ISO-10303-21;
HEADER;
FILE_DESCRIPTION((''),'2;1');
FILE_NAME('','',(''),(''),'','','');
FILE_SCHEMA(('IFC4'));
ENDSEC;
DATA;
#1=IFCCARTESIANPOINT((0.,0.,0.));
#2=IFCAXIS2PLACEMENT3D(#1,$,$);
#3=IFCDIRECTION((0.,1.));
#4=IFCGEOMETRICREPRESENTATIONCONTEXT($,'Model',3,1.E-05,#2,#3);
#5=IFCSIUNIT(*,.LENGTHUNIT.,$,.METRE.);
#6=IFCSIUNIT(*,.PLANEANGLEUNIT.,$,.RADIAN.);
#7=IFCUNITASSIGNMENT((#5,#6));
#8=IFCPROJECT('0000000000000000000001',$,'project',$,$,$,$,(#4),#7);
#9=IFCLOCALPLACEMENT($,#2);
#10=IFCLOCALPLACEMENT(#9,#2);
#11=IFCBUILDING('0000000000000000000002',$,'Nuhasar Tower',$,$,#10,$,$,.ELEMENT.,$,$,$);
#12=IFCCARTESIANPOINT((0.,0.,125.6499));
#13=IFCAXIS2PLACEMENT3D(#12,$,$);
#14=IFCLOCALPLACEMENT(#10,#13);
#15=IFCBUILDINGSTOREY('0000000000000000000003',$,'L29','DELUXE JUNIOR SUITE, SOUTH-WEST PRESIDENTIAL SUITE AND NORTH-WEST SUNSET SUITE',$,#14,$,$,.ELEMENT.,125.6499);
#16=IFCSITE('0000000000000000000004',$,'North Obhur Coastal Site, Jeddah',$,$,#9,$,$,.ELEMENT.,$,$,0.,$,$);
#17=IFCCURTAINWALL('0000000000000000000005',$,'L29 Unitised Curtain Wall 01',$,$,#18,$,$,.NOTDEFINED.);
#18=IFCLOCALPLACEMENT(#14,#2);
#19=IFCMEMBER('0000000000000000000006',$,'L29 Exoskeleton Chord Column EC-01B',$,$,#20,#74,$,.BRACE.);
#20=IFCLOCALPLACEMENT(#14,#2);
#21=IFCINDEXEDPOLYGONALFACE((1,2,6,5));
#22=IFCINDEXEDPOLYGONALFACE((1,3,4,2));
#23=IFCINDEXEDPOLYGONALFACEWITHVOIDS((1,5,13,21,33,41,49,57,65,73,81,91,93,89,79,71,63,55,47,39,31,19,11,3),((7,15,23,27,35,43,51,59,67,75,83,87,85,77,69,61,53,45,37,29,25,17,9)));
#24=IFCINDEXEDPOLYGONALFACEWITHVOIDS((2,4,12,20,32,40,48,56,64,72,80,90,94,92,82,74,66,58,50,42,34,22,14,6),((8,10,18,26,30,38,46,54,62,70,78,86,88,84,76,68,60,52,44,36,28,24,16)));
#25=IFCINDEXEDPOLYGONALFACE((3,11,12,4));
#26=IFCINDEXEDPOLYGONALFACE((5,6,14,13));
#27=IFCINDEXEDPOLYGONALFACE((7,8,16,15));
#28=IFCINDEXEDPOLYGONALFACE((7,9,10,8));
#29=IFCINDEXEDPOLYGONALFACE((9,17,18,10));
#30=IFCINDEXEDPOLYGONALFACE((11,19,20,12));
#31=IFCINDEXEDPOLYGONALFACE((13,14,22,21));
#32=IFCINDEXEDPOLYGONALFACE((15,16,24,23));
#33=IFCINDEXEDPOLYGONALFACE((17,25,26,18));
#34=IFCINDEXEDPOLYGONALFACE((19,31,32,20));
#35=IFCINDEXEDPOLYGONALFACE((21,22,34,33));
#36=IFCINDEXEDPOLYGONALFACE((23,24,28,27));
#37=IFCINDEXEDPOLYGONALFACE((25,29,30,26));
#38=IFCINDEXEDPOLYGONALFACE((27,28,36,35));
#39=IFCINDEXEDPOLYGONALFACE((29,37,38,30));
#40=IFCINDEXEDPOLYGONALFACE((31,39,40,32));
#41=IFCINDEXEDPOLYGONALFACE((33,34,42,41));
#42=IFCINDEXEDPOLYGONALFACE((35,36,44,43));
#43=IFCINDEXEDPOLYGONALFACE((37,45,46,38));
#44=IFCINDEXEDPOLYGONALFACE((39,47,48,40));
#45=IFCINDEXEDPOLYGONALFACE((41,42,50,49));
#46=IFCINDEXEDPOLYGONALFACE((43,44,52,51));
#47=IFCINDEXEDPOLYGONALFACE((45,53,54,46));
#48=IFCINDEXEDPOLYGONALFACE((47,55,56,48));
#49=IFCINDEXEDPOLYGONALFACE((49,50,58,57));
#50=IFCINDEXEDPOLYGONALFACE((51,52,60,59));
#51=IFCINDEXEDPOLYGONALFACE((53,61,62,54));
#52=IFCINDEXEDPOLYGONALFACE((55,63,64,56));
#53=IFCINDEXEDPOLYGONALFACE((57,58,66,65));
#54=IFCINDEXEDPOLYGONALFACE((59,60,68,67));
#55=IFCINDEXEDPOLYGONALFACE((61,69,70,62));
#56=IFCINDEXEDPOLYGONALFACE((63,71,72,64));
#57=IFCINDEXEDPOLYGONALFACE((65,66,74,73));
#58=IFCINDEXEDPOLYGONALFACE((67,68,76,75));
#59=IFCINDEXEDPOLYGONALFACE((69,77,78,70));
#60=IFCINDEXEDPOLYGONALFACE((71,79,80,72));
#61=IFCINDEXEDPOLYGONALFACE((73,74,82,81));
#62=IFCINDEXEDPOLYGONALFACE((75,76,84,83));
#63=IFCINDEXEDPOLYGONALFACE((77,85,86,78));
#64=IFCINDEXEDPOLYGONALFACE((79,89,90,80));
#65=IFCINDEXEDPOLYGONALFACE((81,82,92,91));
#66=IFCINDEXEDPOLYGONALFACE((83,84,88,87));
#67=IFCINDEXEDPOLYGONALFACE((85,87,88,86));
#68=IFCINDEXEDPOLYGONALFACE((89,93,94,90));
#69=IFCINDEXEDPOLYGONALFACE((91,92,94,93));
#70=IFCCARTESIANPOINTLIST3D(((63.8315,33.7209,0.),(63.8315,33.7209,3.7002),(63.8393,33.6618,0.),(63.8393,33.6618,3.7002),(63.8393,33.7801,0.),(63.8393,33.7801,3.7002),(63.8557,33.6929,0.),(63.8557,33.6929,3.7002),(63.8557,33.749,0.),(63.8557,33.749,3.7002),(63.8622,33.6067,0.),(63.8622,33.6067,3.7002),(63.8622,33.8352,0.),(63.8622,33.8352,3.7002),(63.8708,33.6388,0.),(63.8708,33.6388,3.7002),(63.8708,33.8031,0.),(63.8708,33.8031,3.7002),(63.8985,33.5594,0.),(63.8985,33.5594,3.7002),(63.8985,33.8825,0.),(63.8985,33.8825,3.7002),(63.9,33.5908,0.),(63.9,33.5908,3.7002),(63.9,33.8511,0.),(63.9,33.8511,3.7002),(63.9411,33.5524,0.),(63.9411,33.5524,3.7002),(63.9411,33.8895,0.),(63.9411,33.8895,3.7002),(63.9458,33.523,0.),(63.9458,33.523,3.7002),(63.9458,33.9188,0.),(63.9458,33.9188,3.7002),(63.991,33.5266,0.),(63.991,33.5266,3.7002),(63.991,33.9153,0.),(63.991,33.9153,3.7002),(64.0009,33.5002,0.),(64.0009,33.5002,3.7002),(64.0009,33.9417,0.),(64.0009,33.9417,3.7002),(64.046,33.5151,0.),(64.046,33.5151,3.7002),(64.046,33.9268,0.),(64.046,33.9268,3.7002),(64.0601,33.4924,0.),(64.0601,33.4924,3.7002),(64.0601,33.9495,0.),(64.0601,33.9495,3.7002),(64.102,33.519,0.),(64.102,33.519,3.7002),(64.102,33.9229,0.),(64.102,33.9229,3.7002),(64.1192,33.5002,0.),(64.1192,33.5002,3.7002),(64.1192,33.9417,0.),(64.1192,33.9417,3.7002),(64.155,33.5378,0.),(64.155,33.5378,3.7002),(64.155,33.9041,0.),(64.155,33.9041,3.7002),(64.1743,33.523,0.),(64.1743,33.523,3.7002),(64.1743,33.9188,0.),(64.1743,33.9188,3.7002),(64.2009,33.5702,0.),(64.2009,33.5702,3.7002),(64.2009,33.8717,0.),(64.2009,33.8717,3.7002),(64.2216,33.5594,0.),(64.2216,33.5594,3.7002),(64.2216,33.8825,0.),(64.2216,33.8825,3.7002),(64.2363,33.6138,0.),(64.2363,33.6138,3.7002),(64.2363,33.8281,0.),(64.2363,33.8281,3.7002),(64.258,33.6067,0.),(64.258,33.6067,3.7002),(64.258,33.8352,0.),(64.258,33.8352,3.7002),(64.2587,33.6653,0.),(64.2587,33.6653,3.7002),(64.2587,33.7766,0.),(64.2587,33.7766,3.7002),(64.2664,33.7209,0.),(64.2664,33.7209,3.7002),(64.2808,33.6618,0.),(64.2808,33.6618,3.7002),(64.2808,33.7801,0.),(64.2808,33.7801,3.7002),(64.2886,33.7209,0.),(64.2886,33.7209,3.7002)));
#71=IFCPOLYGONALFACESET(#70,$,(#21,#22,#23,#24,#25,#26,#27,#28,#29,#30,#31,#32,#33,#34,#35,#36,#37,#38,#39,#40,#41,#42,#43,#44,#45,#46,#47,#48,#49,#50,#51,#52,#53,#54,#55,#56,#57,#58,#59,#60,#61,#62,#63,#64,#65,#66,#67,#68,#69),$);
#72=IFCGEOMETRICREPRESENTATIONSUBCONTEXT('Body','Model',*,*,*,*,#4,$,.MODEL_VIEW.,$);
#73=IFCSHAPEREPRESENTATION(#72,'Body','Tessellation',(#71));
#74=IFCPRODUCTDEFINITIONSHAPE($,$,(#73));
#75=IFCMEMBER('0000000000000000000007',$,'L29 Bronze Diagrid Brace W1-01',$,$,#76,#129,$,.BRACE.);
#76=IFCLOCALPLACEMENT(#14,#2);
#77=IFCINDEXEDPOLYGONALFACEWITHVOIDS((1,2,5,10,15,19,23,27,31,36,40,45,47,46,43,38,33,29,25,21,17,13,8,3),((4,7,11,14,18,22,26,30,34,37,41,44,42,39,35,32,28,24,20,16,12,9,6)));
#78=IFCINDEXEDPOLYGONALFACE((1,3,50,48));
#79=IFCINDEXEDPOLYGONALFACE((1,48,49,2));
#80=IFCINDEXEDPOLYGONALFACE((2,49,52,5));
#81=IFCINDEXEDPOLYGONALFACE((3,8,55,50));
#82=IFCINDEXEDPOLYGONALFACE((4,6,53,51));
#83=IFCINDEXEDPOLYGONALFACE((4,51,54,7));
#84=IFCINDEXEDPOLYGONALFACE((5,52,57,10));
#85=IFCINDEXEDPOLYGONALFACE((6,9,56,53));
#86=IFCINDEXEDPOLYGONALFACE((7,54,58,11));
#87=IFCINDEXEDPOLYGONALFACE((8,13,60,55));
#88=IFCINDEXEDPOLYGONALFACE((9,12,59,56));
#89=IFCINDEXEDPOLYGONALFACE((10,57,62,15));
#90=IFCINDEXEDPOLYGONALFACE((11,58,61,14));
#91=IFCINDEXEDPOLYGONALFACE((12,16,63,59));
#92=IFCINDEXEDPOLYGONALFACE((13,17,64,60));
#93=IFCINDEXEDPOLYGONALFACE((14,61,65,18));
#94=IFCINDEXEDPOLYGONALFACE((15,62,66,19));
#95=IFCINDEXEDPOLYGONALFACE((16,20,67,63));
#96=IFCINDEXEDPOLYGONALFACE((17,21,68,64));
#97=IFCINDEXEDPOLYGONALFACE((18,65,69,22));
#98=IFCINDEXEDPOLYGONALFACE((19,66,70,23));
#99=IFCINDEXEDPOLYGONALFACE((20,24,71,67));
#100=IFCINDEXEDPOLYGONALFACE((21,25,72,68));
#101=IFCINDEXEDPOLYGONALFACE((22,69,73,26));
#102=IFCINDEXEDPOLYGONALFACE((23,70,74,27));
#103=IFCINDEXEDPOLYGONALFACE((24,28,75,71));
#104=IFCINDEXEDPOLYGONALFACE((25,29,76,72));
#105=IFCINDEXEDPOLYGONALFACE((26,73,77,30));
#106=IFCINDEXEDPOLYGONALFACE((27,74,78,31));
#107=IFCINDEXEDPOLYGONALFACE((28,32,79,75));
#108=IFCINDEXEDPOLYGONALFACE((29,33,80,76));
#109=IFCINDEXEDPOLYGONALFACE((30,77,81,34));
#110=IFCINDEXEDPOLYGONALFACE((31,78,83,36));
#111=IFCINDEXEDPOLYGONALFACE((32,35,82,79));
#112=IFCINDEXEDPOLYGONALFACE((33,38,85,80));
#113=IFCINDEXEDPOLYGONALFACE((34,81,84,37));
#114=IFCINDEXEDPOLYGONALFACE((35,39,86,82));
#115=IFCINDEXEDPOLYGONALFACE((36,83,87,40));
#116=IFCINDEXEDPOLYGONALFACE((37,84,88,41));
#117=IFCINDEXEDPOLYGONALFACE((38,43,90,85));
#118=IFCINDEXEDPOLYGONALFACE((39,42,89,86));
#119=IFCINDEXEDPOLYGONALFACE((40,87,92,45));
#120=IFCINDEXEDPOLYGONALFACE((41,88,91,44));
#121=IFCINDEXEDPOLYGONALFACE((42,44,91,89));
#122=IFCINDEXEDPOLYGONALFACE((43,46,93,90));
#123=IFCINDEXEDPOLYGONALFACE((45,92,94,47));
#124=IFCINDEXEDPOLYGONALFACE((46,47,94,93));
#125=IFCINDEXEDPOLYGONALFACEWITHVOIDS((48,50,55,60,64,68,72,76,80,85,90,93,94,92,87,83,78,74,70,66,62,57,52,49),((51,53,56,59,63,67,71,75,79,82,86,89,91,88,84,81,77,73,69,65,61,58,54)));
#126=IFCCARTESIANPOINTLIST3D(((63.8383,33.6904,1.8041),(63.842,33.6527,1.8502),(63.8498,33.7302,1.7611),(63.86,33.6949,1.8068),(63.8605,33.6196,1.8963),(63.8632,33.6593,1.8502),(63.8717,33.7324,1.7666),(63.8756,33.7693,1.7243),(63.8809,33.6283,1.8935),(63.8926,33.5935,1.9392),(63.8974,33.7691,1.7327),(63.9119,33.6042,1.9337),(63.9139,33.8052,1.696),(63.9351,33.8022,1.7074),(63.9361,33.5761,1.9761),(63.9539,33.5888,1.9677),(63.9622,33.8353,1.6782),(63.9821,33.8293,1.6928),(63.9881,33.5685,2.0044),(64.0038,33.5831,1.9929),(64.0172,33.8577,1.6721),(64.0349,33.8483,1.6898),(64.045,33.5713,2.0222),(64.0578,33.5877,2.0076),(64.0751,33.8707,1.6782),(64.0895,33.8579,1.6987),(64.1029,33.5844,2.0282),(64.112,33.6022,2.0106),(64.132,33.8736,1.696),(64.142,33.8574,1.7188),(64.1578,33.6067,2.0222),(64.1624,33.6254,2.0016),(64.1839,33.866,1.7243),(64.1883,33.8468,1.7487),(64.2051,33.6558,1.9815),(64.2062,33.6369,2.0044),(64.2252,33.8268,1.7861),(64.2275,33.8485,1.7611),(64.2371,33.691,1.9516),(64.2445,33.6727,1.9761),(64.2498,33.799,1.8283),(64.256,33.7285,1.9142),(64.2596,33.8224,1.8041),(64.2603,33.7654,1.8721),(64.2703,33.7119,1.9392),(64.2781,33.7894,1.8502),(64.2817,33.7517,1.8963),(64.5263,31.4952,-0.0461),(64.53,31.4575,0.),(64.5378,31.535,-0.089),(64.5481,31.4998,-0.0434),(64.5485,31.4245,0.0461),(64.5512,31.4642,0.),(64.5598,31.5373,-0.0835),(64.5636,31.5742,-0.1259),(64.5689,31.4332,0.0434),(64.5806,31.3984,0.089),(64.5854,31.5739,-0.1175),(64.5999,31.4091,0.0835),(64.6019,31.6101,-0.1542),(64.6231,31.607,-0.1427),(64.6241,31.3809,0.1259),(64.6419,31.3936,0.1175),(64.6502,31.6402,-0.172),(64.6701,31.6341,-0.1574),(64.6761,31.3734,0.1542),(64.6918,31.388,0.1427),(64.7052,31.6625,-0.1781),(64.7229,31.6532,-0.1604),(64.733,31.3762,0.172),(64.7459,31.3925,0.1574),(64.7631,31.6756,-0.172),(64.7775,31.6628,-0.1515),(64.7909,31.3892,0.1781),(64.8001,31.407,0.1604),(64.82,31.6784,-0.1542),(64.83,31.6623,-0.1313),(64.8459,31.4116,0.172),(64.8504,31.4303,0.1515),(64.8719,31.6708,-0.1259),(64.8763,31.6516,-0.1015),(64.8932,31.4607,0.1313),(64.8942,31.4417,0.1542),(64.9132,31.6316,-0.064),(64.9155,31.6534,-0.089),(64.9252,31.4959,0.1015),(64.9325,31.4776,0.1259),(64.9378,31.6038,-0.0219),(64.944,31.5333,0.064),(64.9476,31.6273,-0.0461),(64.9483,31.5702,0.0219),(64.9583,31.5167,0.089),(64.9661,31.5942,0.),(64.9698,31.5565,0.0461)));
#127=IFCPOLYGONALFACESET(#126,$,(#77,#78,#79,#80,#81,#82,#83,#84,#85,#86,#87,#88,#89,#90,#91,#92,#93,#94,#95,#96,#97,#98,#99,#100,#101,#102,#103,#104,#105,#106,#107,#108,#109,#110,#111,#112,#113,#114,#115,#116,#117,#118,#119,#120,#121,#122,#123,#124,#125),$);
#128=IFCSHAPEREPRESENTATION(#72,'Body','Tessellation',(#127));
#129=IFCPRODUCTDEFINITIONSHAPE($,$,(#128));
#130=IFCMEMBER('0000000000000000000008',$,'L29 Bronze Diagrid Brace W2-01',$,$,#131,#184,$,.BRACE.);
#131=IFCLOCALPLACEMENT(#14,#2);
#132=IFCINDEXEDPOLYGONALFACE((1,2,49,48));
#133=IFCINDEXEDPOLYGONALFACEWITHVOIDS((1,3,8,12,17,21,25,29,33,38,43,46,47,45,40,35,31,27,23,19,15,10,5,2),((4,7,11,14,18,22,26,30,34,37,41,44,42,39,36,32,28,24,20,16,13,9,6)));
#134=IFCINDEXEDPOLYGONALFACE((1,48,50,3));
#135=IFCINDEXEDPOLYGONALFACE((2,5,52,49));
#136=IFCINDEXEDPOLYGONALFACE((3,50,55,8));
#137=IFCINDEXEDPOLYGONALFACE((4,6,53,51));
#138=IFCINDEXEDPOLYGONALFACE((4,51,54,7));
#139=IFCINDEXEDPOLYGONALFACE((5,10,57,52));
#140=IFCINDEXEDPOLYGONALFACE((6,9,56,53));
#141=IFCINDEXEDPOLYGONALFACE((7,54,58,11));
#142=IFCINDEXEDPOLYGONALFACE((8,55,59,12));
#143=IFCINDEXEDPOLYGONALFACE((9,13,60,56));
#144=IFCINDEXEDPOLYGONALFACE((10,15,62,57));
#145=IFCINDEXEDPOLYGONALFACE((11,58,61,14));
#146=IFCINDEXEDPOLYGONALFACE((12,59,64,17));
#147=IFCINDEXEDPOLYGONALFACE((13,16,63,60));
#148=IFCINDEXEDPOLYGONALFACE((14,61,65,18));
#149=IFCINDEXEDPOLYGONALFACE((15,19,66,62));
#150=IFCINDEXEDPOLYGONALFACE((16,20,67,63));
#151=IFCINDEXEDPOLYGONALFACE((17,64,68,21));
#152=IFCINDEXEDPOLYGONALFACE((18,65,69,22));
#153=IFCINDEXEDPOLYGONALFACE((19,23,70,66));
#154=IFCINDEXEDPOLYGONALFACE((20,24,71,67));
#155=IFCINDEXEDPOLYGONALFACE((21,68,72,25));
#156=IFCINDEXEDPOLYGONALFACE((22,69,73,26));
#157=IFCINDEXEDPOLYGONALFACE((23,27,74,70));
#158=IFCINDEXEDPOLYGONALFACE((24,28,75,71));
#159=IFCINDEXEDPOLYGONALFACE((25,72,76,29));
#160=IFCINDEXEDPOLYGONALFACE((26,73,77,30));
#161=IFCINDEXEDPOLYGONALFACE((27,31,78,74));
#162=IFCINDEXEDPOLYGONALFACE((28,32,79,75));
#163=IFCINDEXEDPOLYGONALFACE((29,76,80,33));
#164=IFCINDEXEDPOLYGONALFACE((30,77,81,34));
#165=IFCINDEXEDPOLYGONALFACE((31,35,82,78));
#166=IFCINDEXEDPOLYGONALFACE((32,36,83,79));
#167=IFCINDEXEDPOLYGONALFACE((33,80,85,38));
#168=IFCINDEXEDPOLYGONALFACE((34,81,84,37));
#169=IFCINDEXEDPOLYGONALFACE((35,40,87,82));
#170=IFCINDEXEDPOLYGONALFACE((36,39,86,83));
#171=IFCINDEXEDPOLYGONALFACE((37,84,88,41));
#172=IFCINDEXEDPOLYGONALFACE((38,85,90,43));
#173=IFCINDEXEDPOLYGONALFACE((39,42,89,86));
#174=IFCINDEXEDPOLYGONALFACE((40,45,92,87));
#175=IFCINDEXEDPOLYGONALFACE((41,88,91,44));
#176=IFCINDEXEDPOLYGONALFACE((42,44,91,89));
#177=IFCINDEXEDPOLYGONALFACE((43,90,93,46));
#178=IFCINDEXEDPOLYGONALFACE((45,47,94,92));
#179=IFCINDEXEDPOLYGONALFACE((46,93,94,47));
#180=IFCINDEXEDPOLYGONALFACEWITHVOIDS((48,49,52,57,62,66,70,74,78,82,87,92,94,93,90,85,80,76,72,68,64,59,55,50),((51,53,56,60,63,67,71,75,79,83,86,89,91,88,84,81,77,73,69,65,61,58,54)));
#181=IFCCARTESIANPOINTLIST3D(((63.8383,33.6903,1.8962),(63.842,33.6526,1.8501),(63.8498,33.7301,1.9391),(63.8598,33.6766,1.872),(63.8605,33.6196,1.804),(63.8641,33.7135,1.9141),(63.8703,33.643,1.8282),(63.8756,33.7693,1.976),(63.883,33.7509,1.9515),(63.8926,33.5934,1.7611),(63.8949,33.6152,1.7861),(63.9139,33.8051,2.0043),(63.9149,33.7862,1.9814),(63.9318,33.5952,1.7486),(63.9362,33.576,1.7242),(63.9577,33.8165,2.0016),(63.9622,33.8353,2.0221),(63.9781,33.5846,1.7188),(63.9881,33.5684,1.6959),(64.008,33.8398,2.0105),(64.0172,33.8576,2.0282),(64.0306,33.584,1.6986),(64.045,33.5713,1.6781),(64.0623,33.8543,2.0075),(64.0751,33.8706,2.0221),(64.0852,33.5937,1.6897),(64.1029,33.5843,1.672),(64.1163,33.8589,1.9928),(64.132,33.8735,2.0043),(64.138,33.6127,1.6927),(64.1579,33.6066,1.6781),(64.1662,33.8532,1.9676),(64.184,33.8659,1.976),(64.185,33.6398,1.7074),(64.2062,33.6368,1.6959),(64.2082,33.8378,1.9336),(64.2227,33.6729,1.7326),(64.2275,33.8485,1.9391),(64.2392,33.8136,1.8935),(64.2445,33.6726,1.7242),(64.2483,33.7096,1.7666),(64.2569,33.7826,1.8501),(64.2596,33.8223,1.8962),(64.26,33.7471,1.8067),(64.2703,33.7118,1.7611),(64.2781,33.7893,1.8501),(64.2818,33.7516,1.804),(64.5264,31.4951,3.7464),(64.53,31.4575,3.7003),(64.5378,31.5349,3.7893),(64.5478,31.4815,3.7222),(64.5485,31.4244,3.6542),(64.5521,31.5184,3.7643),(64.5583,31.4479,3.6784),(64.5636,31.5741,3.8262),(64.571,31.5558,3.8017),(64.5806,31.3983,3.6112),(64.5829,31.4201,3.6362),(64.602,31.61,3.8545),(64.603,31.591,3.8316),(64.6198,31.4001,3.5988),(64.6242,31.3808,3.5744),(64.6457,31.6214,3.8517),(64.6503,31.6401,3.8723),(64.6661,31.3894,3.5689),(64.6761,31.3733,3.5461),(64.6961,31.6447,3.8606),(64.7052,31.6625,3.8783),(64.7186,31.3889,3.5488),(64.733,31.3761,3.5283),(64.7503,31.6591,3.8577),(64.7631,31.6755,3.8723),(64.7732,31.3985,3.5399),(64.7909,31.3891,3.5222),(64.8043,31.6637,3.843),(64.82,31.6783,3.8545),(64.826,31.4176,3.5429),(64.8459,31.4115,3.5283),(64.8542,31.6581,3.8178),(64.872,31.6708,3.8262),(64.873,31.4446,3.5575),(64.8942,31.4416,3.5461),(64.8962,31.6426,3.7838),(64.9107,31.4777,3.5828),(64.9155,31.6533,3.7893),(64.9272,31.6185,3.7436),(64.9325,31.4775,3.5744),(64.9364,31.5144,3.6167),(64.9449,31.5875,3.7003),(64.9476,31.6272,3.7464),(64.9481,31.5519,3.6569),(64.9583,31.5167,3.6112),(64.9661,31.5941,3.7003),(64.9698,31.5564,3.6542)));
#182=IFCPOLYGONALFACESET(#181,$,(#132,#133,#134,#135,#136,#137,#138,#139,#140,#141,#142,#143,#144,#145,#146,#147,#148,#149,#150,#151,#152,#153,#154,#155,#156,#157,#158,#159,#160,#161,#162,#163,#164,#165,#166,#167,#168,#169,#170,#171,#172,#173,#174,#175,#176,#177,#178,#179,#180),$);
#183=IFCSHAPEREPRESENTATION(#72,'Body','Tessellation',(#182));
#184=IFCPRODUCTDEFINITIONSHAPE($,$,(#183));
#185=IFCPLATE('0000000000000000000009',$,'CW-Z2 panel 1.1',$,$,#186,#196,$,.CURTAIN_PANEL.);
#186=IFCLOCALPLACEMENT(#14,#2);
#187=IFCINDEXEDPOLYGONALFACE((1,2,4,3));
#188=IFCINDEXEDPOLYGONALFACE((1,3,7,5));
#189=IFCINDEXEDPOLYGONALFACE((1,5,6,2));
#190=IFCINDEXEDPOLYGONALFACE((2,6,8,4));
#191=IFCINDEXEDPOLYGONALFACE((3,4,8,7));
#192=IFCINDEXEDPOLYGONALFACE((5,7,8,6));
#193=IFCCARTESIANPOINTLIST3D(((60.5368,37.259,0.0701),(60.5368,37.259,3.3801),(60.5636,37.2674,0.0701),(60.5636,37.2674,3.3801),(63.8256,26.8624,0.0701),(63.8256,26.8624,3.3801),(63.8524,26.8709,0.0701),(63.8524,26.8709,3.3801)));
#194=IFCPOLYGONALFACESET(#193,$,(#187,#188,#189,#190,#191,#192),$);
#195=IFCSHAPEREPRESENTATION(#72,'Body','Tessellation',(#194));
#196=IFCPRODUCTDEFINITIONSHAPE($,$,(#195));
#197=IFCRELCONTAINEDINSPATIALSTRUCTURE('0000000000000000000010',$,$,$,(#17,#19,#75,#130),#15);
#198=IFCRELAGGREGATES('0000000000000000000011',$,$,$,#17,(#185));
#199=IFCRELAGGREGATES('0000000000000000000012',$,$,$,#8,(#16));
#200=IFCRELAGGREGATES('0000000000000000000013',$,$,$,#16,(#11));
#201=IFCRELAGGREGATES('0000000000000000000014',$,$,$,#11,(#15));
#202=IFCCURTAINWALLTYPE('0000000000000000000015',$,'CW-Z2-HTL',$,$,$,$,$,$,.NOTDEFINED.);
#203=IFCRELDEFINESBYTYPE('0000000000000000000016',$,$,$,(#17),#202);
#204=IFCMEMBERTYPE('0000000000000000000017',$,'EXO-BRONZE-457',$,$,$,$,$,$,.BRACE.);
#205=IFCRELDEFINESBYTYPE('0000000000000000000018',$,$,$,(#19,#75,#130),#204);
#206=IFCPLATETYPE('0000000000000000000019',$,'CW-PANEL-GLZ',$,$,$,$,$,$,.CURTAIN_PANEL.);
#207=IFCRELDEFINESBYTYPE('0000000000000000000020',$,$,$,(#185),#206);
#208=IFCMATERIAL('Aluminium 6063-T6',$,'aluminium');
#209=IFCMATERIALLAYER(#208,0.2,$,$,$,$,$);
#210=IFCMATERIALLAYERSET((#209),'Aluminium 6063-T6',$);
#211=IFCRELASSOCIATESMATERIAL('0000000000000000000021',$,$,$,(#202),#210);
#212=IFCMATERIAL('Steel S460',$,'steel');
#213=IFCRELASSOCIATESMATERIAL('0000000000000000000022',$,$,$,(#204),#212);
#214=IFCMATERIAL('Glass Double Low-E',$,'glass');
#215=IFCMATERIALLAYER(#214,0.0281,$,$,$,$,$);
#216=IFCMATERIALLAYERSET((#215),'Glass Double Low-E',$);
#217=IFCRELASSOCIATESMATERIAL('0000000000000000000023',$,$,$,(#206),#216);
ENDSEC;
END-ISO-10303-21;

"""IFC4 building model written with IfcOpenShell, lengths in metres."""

from ifc_helpers import new_model, si_unit, direction, frame, origin, origin_2d, place, context, subcontext, project, spatial, rectangle, hollow_circle, extrude, material, layer, layer_set, material_profile, profile_set, type_object, element, aggregate, save


model = new_model("IFC4")

# Units and contexts
model_context = context("Model", 3, precision=1e-05, world=origin(), true_north=direction((0.0, 1.0)))
body_context = subcontext(model_context, "Body", "Model", "MODEL_VIEW")
ifc_project = project(units=[si_unit("LENGTHUNIT", "METRE"), si_unit("PLANEANGLEUNIT", "RADIAN")], contexts=[model_context])

# Site, building, storey
site_placement = place(None, origin())
site = spatial("IfcSite", under=ifc_project, at=site_placement, Name="North Obhur Coastal Site, Jeddah", CompositionType="ELEMENT", RefElevation=0.0)
building_placement = place(site_placement, origin())
building = spatial("IfcBuilding", under=site, at=building_placement, Name="Nuhasar Tower", CompositionType="ELEMENT")
storey_placement = place(building_placement, frame((0.0, 0.0, 125.6499)))
storey = spatial("IfcBuildingStorey", under=building, at=storey_placement, Name="L29", Description="DELUXE JUNIOR SUITE, SOUTH-WEST PRESIDENTIAL SUITE AND NORTH-WEST SUNSET SUITE", CompositionType="ELEMENT", Elevation=125.6499)

# Curtain wall
ifc_material_1 = material(Name="Aluminium 6063-T6", Category="aluminium")
ifc_layer_1 = layer(ifc_material_1, 0.2)
ifc_layer_set_1 = layer_set([ifc_layer_1], Name="Aluminium 6063-T6")
curtain_wall_type = type_object("IfcCurtainWallType", Name="CW-Z2-HTL", PredefinedType="NOTDEFINED", material=ifc_layer_set_1)
curtain_wall_1_placement = place(storey_placement, origin())
curtain_wall_1 = element("IfcCurtainWall", 1, at=curtain_wall_1_placement, inside=storey, type_object=curtain_wall_type, Name="L29 Unitised Curtain Wall 01", PredefinedType="NOTDEFINED")

# Members
ifc_material_2 = material(Name="Steel S460", Category="steel")
ifc_material_profile_1 = material_profile(ifc_material_2, hollow_circle(Radius=0.2285, WallThickness=0.0222, at=origin_2d()), Name="HSS457X22.2")
ifc_profile_set_1 = profile_set([ifc_material_profile_1], Name="Steel S460")
member_type_1 = type_object("IfcMemberType", Name="EXO-BRONZE-457", PredefinedType="BRACE", material=ifc_profile_set_1)
for number, where, z_axis, x_axis, name in (
    (2, (64.0601, 33.7209, 0.0), (0.0, 0.0, 1.0), (1.0, 0.0, 0.0), "L29 Exoskeleton Chord Column EC-01B"),
):
    element("IfcMember", number, at=place(storey_placement, frame(where, z_axis=z_axis, x_axis=x_axis)), inside=storey, type_object=member_type_1, Name=name, PredefinedType="BRACE", context=body_context, shape_type="SweptSolid", body=[
        extrude(hollow_circle(Radius=0.2285, WallThickness=0.0222, at=origin_2d()), origin(), (0.0, 0.0, 1.0), 3.7002),
    ])
for number, where, z_axis, x_axis, name in (
    (3, (64.748, 31.5259, 0.0), (-0.233056, 0.743578, 0.626719), (-0.954228, -0.299079, 0.0), "L29 Bronze Diagrid Brace W1-01"),
    (4, (64.0601, 33.7209, 1.8501), (0.233056, -0.743578, 0.626719), (0.954228, 0.299079, 0.0), "L29 Bronze Diagrid Brace W2-01"),
):
    element("IfcMember", number, at=place(storey_placement, frame(where, z_axis=z_axis, x_axis=x_axis)), inside=storey, type_object=member_type_1, Name=name, PredefinedType="BRACE", context=body_context, shape_type="SweptSolid", body=[
        extrude(hollow_circle(Radius=0.2285, WallThickness=0.0222, at=origin_2d()), origin(), (0.0, 0.0, 1.0), 2.9521),
    ])

# Plate
ifc_material_3 = material(Name="Glass Double Low-E", Category="glass")
ifc_layer_2 = layer(ifc_material_3, 0.0281)
ifc_layer_set_2 = layer_set([ifc_layer_2], Name="Glass Double Low-E")
plate_type = type_object("IfcPlateType", Name="CW-PANEL-GLZ", PredefinedType="CURTAIN_PANEL", material=ifc_layer_set_2)
plate_placement = place(storey_placement, frame((62.1946, 32.0649, 0.0701), z_axis=(0.0, 0.0, 1.0), x_axis=(-0.301604, 0.953433, 0.0)))
plate = element("IfcPlate", 5, at=plate_placement, type_object=plate_type, Name="CW-Z2 panel 1.1", PredefinedType="CURTAIN_PANEL", context=body_context, shape_type="SweptSolid", body=[
    extrude(rectangle(XDim=10.9043, YDim=0.0281, at=origin_2d()), origin(), (0.0, 0.0, 1.0), 3.3101),
])
aggregate(curtain_wall_1, [plate])

save(model, "model.ifc")
